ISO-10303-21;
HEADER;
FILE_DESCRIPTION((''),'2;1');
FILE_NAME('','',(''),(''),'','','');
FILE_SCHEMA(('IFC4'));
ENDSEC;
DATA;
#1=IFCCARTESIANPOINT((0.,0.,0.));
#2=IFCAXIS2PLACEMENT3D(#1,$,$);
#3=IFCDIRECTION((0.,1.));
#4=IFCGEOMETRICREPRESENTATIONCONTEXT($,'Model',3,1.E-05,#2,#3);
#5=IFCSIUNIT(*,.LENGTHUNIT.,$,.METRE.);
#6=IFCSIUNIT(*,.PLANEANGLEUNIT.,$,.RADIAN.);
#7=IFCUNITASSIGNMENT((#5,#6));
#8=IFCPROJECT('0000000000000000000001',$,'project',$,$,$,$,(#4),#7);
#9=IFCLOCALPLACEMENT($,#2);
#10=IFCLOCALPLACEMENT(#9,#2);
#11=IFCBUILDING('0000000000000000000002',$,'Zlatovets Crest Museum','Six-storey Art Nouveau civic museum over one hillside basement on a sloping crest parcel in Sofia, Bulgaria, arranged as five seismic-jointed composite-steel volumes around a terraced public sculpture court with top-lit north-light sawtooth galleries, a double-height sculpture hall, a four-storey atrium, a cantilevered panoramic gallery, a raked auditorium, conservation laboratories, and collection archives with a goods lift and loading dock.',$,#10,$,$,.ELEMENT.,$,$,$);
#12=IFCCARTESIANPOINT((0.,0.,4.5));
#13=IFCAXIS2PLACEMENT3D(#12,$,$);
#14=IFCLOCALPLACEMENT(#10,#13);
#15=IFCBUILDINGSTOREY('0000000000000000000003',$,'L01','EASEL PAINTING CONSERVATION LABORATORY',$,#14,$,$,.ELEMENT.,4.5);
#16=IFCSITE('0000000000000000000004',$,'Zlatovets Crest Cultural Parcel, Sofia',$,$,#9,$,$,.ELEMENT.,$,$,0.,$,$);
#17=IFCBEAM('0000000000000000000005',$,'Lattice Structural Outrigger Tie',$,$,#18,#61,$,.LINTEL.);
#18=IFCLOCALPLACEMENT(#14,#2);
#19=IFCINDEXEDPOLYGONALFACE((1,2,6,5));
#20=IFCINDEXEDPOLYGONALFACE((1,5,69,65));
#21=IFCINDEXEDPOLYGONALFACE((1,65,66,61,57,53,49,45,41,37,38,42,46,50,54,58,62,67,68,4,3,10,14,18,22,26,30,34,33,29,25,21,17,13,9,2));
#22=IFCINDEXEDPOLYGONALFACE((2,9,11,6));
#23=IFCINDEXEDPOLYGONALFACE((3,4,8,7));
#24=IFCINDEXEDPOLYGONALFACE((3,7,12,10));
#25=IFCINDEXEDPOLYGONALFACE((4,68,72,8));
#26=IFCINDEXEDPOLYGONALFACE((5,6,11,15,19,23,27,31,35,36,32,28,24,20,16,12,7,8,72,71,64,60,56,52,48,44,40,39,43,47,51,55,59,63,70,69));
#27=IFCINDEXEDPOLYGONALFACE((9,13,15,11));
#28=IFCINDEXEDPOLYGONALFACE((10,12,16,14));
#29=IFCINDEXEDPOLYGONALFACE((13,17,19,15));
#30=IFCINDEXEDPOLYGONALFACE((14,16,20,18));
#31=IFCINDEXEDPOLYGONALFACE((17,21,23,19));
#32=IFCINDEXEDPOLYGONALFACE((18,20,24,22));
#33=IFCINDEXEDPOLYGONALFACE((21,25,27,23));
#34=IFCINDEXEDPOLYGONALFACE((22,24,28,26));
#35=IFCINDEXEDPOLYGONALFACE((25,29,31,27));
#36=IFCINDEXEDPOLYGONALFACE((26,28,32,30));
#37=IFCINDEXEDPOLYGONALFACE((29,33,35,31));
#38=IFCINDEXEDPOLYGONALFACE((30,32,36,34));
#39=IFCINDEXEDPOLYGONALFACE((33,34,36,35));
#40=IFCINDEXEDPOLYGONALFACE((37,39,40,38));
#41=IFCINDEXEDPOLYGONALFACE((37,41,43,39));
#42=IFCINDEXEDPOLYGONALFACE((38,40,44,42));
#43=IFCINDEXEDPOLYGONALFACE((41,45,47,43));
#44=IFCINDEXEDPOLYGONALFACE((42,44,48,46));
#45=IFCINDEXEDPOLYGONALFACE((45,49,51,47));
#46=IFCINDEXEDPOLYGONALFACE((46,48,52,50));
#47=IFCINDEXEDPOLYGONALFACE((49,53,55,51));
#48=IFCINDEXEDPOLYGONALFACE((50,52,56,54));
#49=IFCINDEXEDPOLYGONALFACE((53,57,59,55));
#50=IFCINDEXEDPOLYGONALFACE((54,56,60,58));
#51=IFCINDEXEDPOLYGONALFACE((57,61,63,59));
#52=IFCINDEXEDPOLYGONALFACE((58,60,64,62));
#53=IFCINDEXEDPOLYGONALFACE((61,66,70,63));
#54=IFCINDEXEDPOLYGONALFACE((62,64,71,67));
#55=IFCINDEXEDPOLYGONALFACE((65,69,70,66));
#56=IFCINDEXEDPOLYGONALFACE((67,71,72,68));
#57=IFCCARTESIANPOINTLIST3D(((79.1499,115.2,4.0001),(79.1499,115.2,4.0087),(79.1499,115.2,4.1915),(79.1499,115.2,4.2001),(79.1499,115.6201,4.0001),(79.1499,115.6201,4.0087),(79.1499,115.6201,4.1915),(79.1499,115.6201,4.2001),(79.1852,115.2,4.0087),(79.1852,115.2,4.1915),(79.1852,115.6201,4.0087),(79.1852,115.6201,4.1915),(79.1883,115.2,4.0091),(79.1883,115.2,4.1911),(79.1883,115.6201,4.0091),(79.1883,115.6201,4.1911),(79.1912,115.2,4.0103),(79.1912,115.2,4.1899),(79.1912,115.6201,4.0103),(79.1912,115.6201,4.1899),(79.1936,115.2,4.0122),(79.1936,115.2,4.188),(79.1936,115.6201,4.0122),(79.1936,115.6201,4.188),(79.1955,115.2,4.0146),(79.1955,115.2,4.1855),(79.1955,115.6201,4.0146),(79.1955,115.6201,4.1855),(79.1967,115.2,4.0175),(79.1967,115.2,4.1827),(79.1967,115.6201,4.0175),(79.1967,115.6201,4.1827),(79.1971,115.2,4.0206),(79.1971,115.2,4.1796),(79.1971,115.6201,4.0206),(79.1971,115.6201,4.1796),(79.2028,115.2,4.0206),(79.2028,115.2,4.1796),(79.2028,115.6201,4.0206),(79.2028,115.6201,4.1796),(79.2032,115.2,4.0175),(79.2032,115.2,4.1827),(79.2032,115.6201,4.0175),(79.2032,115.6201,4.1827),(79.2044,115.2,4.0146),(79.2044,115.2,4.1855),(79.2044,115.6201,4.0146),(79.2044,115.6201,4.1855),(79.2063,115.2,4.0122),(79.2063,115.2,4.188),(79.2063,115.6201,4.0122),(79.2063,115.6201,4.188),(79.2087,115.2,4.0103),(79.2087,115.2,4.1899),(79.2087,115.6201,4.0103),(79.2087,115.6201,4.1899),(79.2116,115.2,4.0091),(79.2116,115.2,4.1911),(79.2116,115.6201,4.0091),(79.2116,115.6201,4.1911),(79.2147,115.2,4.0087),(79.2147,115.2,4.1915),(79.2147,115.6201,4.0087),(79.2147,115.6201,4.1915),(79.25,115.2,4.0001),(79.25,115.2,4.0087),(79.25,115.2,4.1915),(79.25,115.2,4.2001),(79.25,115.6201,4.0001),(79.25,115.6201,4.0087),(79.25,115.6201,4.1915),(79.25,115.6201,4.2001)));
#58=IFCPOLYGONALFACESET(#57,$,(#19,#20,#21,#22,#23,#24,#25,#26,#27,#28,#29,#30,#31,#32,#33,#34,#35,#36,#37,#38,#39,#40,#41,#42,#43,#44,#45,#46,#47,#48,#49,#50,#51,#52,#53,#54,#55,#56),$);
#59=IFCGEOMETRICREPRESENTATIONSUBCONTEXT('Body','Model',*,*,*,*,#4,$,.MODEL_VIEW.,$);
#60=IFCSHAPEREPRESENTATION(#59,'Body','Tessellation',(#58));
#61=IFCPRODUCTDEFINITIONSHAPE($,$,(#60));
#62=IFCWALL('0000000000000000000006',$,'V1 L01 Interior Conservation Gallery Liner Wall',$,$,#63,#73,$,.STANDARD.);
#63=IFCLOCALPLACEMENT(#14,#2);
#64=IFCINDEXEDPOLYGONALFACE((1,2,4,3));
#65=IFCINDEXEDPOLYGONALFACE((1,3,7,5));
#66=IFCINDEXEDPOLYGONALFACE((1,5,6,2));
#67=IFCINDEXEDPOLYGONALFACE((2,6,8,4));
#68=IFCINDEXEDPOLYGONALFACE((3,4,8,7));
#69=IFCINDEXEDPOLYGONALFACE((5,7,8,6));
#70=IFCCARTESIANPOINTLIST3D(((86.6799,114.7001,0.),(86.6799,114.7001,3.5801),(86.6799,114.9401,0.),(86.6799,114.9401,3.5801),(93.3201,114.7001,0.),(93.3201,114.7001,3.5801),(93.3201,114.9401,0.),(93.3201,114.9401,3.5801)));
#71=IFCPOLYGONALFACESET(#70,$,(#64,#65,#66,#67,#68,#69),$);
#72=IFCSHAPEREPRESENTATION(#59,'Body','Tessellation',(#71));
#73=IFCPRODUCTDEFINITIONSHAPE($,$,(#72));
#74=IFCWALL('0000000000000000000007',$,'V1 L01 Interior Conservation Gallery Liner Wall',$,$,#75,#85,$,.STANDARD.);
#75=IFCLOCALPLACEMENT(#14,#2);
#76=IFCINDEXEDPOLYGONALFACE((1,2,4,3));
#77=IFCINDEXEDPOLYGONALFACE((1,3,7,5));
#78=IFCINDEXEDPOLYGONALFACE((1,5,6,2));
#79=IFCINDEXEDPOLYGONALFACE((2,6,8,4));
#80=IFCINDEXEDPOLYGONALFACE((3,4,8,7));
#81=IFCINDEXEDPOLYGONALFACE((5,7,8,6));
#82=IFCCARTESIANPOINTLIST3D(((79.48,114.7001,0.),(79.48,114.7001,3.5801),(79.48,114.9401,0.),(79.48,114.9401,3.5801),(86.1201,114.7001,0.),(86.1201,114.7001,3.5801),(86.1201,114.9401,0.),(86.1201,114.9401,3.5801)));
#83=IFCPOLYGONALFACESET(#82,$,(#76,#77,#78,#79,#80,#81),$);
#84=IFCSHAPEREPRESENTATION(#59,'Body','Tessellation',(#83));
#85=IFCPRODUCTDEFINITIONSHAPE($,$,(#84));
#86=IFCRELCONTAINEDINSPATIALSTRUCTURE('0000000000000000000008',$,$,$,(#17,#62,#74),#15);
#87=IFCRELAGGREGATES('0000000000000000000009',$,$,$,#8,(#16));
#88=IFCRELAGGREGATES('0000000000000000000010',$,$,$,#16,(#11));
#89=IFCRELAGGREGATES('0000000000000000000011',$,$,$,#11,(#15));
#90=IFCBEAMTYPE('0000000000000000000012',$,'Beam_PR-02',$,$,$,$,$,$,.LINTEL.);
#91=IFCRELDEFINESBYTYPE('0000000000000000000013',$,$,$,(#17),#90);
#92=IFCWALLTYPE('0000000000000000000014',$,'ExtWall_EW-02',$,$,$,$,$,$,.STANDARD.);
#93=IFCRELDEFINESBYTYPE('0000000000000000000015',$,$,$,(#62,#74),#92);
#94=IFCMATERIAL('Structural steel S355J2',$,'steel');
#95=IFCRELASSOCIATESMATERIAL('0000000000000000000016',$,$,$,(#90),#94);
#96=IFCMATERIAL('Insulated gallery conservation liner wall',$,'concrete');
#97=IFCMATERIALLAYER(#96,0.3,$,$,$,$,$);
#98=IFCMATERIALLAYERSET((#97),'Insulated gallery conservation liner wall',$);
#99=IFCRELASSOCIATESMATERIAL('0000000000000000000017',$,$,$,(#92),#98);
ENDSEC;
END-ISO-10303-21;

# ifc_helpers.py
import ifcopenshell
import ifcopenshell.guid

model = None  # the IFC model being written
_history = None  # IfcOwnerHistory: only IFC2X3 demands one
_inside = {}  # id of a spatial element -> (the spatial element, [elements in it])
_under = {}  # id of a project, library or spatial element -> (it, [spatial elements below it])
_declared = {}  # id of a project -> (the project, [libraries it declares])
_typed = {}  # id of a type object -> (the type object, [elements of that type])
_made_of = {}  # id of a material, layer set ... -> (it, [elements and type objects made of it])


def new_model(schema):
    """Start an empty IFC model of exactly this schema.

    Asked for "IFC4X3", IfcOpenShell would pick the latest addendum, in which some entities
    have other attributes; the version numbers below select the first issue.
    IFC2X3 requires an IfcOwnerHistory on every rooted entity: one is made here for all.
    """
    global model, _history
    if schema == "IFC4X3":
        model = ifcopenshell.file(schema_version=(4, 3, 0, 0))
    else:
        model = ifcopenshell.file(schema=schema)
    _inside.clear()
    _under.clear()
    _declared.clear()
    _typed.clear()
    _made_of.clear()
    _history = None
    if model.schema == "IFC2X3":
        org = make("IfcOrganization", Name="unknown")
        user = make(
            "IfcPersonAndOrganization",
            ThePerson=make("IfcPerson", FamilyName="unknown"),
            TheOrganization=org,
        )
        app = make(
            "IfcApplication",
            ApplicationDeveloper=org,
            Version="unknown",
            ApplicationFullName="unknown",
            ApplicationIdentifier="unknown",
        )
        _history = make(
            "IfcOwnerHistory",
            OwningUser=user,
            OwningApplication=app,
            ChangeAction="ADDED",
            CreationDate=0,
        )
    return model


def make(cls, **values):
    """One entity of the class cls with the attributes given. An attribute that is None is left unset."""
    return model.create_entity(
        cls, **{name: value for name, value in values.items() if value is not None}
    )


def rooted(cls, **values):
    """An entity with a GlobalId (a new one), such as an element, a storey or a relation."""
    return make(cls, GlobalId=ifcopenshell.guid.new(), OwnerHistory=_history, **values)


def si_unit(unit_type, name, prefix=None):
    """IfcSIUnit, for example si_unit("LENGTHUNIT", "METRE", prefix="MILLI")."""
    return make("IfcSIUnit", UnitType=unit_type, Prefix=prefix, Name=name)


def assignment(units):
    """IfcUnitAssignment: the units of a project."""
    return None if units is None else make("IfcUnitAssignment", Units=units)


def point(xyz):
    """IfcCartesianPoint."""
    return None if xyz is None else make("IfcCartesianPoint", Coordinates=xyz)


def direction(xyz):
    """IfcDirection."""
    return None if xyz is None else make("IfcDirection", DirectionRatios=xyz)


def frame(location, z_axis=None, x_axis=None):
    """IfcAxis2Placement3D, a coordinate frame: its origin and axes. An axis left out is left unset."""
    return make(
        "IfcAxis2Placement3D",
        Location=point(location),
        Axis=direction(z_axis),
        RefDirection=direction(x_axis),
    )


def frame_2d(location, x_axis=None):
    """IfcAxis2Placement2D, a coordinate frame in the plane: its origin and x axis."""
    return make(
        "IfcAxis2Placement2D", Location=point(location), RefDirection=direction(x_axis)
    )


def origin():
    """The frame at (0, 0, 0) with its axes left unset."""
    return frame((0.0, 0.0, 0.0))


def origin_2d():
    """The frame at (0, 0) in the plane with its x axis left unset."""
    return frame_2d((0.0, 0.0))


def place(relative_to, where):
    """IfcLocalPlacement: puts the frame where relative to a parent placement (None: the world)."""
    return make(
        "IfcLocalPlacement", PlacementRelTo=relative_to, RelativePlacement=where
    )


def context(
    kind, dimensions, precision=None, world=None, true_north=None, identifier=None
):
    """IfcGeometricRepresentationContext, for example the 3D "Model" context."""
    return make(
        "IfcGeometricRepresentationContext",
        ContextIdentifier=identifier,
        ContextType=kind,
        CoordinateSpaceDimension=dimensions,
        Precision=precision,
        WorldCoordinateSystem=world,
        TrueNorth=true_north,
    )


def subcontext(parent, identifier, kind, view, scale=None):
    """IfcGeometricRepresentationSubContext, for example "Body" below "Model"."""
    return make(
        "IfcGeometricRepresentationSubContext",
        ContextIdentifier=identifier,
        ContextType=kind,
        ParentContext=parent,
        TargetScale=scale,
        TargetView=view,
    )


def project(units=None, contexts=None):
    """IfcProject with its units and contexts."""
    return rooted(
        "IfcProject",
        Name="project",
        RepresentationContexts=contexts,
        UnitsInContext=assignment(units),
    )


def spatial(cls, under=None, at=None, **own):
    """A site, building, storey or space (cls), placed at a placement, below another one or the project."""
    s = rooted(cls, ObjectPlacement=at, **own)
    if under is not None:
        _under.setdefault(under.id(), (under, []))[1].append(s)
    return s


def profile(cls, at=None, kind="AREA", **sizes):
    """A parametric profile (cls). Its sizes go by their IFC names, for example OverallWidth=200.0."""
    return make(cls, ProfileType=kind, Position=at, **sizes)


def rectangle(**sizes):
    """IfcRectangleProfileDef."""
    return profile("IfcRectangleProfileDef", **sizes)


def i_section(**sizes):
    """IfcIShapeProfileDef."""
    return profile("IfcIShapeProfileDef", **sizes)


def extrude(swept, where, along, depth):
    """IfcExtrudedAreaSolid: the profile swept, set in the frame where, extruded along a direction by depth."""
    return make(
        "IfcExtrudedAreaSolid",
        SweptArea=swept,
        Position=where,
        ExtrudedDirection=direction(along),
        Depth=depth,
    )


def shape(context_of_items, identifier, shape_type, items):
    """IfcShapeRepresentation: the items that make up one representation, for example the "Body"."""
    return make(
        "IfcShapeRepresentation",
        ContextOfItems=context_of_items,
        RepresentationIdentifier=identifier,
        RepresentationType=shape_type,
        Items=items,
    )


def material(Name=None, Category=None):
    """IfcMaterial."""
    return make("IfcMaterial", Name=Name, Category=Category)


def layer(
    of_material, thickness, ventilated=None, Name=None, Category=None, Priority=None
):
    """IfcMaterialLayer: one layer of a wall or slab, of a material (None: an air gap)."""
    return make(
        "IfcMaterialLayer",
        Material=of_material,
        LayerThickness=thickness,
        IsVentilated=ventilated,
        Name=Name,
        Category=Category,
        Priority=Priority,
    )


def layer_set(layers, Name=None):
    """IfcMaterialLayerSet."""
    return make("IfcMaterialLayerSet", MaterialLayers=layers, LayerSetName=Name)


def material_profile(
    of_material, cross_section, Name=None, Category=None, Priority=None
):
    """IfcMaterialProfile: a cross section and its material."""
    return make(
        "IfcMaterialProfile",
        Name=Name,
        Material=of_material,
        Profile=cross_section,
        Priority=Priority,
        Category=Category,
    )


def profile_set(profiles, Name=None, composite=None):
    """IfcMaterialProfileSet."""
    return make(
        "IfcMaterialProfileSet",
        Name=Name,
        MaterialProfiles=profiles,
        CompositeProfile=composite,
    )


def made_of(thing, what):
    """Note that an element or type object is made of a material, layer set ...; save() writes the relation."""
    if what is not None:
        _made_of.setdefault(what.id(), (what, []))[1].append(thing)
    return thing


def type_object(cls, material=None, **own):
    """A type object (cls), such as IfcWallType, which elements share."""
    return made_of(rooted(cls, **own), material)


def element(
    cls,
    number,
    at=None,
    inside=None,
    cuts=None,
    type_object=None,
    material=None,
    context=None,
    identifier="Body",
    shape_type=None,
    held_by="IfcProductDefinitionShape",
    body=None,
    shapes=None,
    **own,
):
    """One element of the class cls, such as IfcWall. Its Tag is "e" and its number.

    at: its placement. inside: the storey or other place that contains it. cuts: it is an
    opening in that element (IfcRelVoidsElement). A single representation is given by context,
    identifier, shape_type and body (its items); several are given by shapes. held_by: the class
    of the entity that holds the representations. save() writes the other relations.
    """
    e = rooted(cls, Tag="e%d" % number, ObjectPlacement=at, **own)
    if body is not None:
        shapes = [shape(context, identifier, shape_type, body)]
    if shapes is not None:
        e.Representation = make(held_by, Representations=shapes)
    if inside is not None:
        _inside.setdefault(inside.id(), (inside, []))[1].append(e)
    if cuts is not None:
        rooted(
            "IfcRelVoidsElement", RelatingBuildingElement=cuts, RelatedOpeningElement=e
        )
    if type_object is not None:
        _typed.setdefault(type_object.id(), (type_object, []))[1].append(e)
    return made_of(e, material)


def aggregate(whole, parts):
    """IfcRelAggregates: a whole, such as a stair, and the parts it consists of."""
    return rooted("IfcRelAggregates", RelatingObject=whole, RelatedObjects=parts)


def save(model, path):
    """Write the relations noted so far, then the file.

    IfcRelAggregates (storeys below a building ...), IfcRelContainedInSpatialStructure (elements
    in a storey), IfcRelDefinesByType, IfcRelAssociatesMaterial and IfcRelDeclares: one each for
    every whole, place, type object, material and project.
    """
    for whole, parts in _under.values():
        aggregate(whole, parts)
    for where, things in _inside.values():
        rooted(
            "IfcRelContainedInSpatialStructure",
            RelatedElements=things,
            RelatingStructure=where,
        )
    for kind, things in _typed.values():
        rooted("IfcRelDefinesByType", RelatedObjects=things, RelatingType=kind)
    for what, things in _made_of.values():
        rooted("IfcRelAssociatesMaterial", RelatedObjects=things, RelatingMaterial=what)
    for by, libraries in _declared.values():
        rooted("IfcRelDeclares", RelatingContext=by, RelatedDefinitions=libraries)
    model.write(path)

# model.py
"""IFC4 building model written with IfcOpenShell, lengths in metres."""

from ifc_helpers import new_model, si_unit, direction, frame, frame_2d, origin, origin_2d, place, context, subcontext, project, spatial, rectangle, i_section, extrude, material, layer, layer_set, material_profile, profile_set, type_object, element, save


model = new_model("IFC4")

# Units and contexts
model_context = context("Model", 3, precision=1e-05, world=origin(), true_north=direction((0.0, 1.0)))
body_context = subcontext(model_context, "Body", "Model", "MODEL_VIEW")
ifc_project = project(units=[si_unit("LENGTHUNIT", "METRE"), si_unit("PLANEANGLEUNIT", "RADIAN")], contexts=[model_context])

# Site, building, storey
site_placement = place(None, origin())
site = spatial("IfcSite", under=ifc_project, at=site_placement, Name="Zlatovets Crest Cultural Parcel, Sofia", CompositionType="ELEMENT", RefElevation=0.0)
building_placement = place(site_placement, origin())
building = spatial("IfcBuilding", under=site, at=building_placement, Name="Zlatovets Crest Museum", Description="Six-storey Art Nouveau civic museum over one hillside basement on a sloping crest parcel in Sofia, Bulgaria, arranged as five seismic-jointed composite-steel volumes around a terraced public sculpture court with top-lit north-light sawtooth galleries, a double-height sculpture hall, a four-storey atrium, a cantilevered panoramic gallery, a raked auditorium, conservation laboratories, and collection archives with a goods lift and loading dock.", CompositionType="ELEMENT")
storey_placement = place(building_placement, frame((0.0, 0.0, 4.5)))
storey = spatial("IfcBuildingStorey", under=building, at=storey_placement, Name="L01", Description="EASEL PAINTING CONSERVATION LABORATORY", CompositionType="ELEMENT", Elevation=4.5)

# Shared definitions
ifc_material_1 = material(Name="Structural steel S355J2", Category="steel")

# Beam
ifc_material_profile_1 = material_profile(ifc_material_1, i_section(OverallWidth=0.1001, OverallDepth=0.2, WebThickness=0.0056, FlangeThickness=0.0085, FilletRadius=0.012, at=origin_2d()), Name="IPE 200")
ifc_profile_set_1 = profile_set([ifc_material_profile_1], Name="Structural steel S355J2")
beam_type_1 = type_object("IfcBeamType", Name="Beam_PR-02", PredefinedType="LINTEL", material=ifc_profile_set_1)
for number, where, z_axis, x_axis, name in (
    (1, (79.2, 115.2, 4.1001), (0.0, 1.0, 0.0), (-1.0, 0.0, 0.0), "Lattice Structural Outrigger Tie"),
):
    element("IfcBeam", number, at=place(storey_placement, frame(where, z_axis=z_axis, x_axis=x_axis)), inside=storey, type_object=beam_type_1, Name=name, PredefinedType="LINTEL", context=body_context, shape_type="SweptSolid", body=[
        extrude(i_section(OverallWidth=0.1001, OverallDepth=0.2, WebThickness=0.0056, FlangeThickness=0.0085, FilletRadius=0.012, at=origin_2d()), origin(), (0.0, 0.0, 1.0), 0.4202),
    ])

# Walls
ifc_material_2 = material(Name="Insulated gallery conservation liner wall", Category="concrete")
ifc_layer = layer(ifc_material_2, 0.3)
ifc_layer_set = layer_set([ifc_layer], Name="Insulated gallery conservation liner wall")
wall_type = type_object("IfcWallType", Name="ExtWall_EW-02", PredefinedType="STANDARD", material=ifc_layer_set)
for number, where, z_axis, x_axis, name in (
    (2, (93.3201, 114.8201, 0.0), (0.0, 0.0, 1.0), (-1.0, 0.0, 0.0), "V1 L01 Interior Conservation Gallery Liner Wall"),
    (3, (86.1201, 114.8201, 0.0), (0.0, 0.0, 1.0), (-1.0, 0.0, 0.0), "V1 L01 Interior Conservation Gallery Liner Wall"),
):
    element("IfcWall", number, at=place(storey_placement, frame(where, z_axis=z_axis, x_axis=x_axis)), inside=storey, type_object=wall_type, Name=name, PredefinedType="STANDARD", context=body_context, shape_type="SweptSolid", body=[
        extrude(rectangle(XDim=6.6401, YDim=0.24, at=frame_2d((3.3201, 0.0))), origin(), (0.0, 0.0, 1.0), 3.5801),
    ])

save(model, "model.ifc")
